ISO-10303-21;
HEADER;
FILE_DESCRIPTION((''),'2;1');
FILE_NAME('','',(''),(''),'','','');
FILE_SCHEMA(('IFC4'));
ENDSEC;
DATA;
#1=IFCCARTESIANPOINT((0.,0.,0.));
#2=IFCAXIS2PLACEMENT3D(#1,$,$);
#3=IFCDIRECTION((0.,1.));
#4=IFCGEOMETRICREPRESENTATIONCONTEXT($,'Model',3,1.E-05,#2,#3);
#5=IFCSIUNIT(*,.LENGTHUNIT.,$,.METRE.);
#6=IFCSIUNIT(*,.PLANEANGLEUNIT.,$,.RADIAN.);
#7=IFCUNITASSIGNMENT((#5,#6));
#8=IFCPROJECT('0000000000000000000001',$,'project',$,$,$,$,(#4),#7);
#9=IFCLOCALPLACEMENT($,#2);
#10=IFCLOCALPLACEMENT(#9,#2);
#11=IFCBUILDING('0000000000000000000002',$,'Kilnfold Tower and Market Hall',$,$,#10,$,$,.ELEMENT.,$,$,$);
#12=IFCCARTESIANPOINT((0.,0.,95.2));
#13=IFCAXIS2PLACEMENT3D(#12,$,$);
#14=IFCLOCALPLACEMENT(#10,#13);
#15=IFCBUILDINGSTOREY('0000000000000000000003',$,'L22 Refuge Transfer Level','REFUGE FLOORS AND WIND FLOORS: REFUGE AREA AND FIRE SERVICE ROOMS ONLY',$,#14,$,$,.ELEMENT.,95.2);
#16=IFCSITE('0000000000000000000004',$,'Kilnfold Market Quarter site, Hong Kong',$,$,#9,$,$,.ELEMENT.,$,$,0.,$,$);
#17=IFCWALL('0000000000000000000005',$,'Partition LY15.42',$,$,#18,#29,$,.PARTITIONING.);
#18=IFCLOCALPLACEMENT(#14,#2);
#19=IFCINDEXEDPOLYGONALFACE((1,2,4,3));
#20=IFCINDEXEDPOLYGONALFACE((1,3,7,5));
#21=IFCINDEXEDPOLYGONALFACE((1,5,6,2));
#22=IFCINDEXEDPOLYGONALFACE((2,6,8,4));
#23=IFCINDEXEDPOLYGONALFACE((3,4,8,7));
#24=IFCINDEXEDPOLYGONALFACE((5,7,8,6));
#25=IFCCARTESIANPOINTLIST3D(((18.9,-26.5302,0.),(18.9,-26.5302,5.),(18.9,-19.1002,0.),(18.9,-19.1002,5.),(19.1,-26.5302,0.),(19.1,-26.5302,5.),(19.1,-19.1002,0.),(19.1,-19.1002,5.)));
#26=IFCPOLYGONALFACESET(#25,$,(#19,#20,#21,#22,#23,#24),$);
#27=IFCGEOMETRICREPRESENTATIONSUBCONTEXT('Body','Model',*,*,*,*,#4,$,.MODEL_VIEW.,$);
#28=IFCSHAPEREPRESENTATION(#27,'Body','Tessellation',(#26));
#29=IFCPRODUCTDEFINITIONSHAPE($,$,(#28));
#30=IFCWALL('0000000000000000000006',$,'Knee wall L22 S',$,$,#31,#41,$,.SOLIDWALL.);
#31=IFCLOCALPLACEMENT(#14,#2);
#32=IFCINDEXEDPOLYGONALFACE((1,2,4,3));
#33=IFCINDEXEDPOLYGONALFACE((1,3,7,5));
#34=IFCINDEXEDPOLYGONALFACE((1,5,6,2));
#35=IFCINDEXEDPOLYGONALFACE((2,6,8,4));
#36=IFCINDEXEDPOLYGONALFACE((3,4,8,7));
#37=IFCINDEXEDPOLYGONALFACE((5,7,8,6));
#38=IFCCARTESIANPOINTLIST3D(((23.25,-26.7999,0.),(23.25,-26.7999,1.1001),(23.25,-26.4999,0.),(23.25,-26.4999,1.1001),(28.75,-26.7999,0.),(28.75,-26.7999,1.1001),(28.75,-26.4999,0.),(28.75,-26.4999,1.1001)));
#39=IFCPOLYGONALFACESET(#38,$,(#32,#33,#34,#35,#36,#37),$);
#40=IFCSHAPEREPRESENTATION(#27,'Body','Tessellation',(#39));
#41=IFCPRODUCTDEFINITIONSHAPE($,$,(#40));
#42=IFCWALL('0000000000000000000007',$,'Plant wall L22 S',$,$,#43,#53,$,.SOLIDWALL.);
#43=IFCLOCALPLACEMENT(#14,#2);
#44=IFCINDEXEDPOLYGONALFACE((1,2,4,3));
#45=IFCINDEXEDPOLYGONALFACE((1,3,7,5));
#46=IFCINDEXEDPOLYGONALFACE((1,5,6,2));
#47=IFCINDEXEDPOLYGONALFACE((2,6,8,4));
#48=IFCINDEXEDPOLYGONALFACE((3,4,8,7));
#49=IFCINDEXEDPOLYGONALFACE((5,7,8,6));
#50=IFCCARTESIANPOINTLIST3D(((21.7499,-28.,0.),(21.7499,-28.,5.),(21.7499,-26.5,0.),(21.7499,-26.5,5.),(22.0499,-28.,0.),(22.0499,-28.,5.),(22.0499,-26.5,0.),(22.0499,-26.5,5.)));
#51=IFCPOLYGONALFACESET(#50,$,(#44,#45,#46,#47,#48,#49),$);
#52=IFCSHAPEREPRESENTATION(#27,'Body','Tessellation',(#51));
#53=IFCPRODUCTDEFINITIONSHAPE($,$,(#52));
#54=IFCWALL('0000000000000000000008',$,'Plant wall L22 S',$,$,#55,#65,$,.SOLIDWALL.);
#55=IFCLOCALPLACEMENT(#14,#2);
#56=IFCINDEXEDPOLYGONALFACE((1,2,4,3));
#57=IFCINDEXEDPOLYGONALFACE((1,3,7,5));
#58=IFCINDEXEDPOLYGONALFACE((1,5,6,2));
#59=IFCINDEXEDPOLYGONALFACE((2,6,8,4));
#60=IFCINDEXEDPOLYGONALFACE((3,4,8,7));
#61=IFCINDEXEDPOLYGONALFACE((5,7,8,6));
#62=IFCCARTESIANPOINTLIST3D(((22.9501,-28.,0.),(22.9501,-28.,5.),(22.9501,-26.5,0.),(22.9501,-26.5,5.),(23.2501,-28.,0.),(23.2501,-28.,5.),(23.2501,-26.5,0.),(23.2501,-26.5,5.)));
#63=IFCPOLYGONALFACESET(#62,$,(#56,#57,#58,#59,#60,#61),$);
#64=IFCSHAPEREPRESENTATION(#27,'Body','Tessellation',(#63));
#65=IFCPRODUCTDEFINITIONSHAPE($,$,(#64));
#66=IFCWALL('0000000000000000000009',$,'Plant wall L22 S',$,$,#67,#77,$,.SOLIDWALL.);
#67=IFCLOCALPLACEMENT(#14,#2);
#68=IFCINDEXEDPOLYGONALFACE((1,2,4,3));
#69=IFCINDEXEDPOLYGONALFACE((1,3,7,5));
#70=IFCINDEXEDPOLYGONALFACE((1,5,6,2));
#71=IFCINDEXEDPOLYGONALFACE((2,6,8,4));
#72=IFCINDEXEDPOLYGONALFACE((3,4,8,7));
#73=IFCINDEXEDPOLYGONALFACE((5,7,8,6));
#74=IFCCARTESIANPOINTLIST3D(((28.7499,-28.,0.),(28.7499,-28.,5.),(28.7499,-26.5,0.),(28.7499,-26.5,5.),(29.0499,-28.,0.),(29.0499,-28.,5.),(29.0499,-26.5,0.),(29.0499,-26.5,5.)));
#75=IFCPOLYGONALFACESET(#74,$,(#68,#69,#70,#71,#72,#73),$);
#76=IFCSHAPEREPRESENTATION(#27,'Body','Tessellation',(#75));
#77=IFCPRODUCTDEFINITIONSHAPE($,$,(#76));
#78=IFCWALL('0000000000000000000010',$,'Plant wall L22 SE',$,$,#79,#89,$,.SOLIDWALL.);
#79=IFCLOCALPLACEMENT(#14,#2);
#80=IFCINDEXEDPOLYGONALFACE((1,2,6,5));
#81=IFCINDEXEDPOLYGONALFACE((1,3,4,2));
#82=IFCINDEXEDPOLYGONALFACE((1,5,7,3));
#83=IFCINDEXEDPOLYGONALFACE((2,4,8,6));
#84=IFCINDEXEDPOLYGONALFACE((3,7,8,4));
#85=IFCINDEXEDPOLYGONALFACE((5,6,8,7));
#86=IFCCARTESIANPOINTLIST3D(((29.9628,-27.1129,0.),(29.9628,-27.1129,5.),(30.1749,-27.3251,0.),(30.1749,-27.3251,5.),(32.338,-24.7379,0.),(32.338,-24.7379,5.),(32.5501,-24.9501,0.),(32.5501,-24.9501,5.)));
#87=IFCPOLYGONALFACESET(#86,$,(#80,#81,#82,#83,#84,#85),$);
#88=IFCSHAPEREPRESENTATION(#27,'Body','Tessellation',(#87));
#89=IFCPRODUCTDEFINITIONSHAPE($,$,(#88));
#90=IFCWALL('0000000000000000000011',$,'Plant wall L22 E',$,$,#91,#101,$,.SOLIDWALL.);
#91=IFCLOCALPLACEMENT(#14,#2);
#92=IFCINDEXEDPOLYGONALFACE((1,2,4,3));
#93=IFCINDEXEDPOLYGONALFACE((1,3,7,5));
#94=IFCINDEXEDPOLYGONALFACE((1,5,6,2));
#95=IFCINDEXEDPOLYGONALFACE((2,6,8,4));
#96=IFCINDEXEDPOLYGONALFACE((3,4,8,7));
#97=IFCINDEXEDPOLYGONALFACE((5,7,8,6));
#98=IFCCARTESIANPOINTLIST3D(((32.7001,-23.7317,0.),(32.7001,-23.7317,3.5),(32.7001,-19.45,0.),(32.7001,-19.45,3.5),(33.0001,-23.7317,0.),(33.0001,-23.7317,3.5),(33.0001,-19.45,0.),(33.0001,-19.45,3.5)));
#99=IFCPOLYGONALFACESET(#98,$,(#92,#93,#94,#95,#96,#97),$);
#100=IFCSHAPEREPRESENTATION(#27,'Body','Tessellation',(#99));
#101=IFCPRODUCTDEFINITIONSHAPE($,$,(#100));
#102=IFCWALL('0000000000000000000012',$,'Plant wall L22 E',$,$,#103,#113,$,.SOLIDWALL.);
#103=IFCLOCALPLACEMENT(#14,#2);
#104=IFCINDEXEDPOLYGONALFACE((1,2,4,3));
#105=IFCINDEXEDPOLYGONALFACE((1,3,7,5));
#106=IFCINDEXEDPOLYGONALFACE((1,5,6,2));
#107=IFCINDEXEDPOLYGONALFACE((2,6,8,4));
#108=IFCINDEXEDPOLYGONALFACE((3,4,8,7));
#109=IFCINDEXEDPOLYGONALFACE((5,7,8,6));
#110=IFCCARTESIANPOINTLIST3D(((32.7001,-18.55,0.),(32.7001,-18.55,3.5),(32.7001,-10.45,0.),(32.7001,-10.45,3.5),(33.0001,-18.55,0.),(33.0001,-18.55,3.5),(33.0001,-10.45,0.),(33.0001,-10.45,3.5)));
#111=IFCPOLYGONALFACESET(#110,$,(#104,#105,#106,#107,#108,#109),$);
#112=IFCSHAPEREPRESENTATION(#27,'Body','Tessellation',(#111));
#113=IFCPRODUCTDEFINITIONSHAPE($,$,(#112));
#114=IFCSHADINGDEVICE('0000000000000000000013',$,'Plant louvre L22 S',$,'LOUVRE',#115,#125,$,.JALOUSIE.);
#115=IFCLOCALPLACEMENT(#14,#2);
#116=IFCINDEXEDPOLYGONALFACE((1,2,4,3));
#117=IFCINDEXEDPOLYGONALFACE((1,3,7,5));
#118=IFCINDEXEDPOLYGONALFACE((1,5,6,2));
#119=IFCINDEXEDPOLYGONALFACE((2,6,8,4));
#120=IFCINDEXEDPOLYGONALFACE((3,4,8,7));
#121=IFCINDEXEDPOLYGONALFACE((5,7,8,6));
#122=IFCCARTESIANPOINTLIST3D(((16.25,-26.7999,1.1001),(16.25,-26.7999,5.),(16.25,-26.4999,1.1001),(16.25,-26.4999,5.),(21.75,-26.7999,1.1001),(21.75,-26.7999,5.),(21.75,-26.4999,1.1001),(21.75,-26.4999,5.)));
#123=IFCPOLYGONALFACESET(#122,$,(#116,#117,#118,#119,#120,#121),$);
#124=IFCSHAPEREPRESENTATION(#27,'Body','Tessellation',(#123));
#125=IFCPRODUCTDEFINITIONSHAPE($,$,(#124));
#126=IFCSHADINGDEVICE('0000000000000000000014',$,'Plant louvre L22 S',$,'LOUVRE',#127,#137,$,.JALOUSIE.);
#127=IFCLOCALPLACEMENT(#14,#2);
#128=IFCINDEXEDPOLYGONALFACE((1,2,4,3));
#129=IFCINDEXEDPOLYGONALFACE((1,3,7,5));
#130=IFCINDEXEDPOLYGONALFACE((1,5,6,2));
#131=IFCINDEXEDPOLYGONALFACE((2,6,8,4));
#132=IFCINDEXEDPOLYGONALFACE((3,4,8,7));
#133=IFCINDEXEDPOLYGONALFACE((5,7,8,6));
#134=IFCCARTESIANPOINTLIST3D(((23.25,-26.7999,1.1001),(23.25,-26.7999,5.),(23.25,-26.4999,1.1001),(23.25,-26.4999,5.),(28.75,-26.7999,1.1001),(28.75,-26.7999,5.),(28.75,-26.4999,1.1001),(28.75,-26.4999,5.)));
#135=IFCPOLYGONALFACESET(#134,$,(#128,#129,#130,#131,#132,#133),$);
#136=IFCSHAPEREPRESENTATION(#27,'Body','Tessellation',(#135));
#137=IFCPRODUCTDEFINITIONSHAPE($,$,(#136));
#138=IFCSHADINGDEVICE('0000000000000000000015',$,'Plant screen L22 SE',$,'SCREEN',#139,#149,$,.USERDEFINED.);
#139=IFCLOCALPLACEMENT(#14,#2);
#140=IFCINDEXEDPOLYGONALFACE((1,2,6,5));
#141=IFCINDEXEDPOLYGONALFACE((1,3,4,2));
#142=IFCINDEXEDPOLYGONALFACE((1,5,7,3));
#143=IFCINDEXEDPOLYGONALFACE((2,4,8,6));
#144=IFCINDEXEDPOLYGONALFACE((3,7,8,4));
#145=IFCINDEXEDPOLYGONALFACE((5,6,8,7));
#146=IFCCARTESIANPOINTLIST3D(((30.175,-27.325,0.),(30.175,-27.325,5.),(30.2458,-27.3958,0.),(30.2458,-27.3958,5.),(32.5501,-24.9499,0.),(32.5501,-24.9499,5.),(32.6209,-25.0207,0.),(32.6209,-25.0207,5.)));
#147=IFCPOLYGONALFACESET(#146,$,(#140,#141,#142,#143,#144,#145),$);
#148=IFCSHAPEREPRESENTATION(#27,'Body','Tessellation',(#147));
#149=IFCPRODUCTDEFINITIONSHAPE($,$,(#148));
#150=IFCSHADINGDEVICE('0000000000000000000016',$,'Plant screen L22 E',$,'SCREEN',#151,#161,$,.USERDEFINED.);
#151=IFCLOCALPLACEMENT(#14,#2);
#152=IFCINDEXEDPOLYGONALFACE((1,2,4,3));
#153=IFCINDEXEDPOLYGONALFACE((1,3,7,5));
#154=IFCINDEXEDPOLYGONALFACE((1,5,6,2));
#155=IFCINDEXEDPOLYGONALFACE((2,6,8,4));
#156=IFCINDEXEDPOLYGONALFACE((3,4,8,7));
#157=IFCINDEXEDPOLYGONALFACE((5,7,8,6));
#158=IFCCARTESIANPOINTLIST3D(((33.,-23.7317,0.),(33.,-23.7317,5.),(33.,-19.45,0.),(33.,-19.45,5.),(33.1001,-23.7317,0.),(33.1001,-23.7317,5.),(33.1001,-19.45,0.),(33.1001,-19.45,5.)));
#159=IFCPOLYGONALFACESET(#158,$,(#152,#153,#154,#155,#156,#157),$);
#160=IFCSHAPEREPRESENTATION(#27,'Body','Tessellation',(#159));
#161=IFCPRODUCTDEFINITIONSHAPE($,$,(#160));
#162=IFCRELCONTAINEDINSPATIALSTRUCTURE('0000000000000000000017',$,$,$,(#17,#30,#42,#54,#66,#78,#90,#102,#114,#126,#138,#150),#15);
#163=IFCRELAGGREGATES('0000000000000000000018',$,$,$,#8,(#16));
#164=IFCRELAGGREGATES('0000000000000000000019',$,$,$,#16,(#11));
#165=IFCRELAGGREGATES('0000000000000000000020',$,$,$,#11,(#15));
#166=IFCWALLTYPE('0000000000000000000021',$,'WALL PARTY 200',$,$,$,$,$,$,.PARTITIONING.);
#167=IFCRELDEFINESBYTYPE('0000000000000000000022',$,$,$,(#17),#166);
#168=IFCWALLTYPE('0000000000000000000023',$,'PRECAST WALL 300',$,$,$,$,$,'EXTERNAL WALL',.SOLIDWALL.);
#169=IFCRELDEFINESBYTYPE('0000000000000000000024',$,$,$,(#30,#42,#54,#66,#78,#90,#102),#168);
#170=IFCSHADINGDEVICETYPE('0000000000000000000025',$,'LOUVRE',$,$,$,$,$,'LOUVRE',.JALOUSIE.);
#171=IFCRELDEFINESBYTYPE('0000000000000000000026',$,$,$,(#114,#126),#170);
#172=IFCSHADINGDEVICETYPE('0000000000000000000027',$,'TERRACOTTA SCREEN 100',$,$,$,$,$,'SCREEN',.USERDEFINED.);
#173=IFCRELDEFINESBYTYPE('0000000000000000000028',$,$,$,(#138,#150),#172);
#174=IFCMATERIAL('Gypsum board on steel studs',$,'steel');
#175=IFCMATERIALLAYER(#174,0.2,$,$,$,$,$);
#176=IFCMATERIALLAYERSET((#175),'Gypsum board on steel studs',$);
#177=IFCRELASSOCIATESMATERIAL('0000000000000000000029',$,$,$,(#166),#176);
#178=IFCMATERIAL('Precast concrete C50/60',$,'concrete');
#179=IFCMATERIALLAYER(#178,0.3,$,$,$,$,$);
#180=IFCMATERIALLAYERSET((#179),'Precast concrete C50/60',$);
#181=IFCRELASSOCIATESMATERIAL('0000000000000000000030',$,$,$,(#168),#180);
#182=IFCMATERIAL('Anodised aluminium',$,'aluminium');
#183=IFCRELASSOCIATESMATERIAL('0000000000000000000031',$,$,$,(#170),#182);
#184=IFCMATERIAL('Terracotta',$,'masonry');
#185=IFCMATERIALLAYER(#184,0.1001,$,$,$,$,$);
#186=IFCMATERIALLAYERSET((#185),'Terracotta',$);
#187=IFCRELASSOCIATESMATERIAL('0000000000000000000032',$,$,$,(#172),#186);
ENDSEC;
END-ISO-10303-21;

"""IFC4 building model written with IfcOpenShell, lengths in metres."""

from ifc_helpers import new_model, si_unit, direction, frame, frame_2d, origin, origin_2d, place, context, subcontext, project, spatial, rectangle, extrude, source, transform, mapped, material, layer, layer_set, type_object, element, save


model = new_model("IFC4")

# Units and contexts
model_context = context("Model", 3, precision=1e-05, world=origin(), true_north=direction((0.0, 1.0)))
body_context = subcontext(model_context, "Body", "Model", "MODEL_VIEW")
ifc_project = project(units=[si_unit("LENGTHUNIT", "METRE"), si_unit("PLANEANGLEUNIT", "RADIAN")], contexts=[model_context])

# Site, building, storey
site_placement = place(None, origin())
site = spatial("IfcSite", under=ifc_project, at=site_placement, Name="Kilnfold Market Quarter site, Hong Kong", CompositionType="ELEMENT", RefElevation=0.0)
building_placement = place(site_placement, origin())
building = spatial("IfcBuilding", under=site, at=building_placement, Name="Kilnfold Tower and Market Hall", CompositionType="ELEMENT")
storey_placement = place(building_placement, frame((0.0, 0.0, 95.2)))
storey = spatial("IfcBuildingStorey", under=building, at=storey_placement, Name="L22 Refuge Transfer Level", Description="REFUGE FLOORS AND WIND FLOORS: REFUGE AREA AND FIRE SERVICE ROOMS ONLY", CompositionType="ELEMENT", Elevation=95.2)

# Walls
ifc_material_1 = material(Name="Gypsum board on steel studs", Category="steel")
ifc_layer_1 = layer(ifc_material_1, 0.2)
ifc_layer_set_1 = layer_set([ifc_layer_1], Name="Gypsum board on steel studs")
wall_type_1 = type_object("IfcWallType", Name="WALL PARTY 200", PredefinedType="PARTITIONING", material=ifc_layer_set_1)
wall_1_placement = place(storey_placement, frame((19.0, -26.53, 0.0), z_axis=(0.0, 0.0, 1.0), x_axis=(0.0, 1.0, 0.0)))
element("IfcWall", 1, at=wall_1_placement, inside=storey, type_object=wall_type_1, Name="Partition LY15.42", PredefinedType="PARTITIONING", context=body_context, shape_type="SweptSolid", body=[
    extrude(rectangle(XDim=7.4299, YDim=0.2, at=frame_2d((3.7148, 0.0))), origin(), (0.0, 0.0, 1.0), 5.0),
])
ifc_material_2 = material(Name="Precast concrete C50/60", Category="concrete")
ifc_layer_2 = layer(ifc_material_2, 0.3)
ifc_layer_set_2 = layer_set([ifc_layer_2], Name="Precast concrete C50/60")
wall_type_2 = type_object("IfcWallType", Name="PRECAST WALL 300", ElementType="EXTERNAL WALL", PredefinedType="SOLIDWALL", material=ifc_layer_set_2)
shared_shape_1 = source(origin(), body_context, "Body", "SweptSolid", [
    extrude(rectangle(XDim=5.5, YDim=0.3, at=frame_2d((2.75, 0.0))), origin(), (0.0, 0.0, 1.0), 1.1001),
])
wall_2_placement = place(storey_placement, frame((23.25, -26.6499, 0.0), z_axis=(0.0, 0.0, 1.0), x_axis=(1.0, 0.0, 0.0)))
element("IfcWall", 2, at=wall_2_placement, inside=storey, type_object=wall_type_2, Name="Knee wall L22 S", PredefinedType="SOLIDWALL", context=body_context, shape_type="MappedRepresentation", body=[
    mapped(shared_shape_1, transform((0.0, 0.0, 0.0))),
])
shared_shape_2 = source(origin(), body_context, "Body", "SweptSolid", [
    extrude(rectangle(XDim=1.5, YDim=0.3, at=frame_2d((0.75, 0.0))), origin(), (0.0, 0.0, 1.0), 5.0),
])
for number, where, z_axis, x_axis, name in (
    (3, (21.8999, -28.0, 0.0), (0.0, 0.0, 1.0), (0.0, 1.0, 0.0), "Plant wall L22 S"),
    (4, (23.1001, -28.0, 0.0), (0.0, 0.0, 1.0), (0.0, 1.0, 0.0), "Plant wall L22 S"),
    (5, (28.8999, -28.0, 0.0), (0.0, 0.0, 1.0), (0.0, 1.0, 0.0), "Plant wall L22 S"),
):
    element("IfcWall", number, at=place(storey_placement, frame(where, z_axis=z_axis, x_axis=x_axis)), inside=storey, type_object=wall_type_2, Name=name, PredefinedType="SOLIDWALL", context=body_context, shape_type="MappedRepresentation", body=[
        mapped(shared_shape_2, transform((0.0, 0.0, 0.0))),
    ])
shared_shape_3 = source(origin(), body_context, "Body", "SweptSolid", [
    extrude(rectangle(XDim=3.3589, YDim=0.3, at=frame_2d((1.6794, 0.0))), origin(), (0.0, 0.0, 1.0), 5.0),
])
wall_3_placement = place(storey_placement, frame((30.0688, -27.219, 0.0), z_axis=(0.0, 0.0, 1.0), x_axis=(0.707143, 0.70707, 0.0)))
element("IfcWall", 6, at=wall_3_placement, inside=storey, type_object=wall_type_2, Name="Plant wall L22 SE", PredefinedType="SOLIDWALL", context=body_context, shape_type="MappedRepresentation", body=[
    mapped(shared_shape_3, transform((0.0, 0.0, 0.0))),
])
shared_shape_4 = source(origin(), body_context, "Body", "SweptSolid", [
    extrude(rectangle(XDim=4.2817, YDim=0.3, at=frame_2d((2.1409, 0.0))), origin(), (0.0, 0.0, 1.0), 3.5),
])
wall_4_placement = place(storey_placement, frame((32.8501, -23.7317, 0.0), z_axis=(0.0, 0.0, 1.0), x_axis=(0.0, 1.0, 0.0)))
element("IfcWall", 7, at=wall_4_placement, inside=storey, type_object=wall_type_2, Name="Plant wall L22 E", PredefinedType="SOLIDWALL", context=body_context, shape_type="MappedRepresentation", body=[
    mapped(shared_shape_4, transform((0.0, 0.0, 0.0))),
])
shared_shape_5 = source(origin(), body_context, "Body", "SweptSolid", [
    extrude(rectangle(XDim=8.1001, YDim=0.3, at=frame_2d((4.05, 0.0))), origin(), (0.0, 0.0, 1.0), 3.5),
])
wall_5_placement = place(storey_placement, frame((32.8501, -18.55, 0.0), z_axis=(0.0, 0.0, 1.0), x_axis=(0.0, 1.0, 0.0)))
element("IfcWall", 8, at=wall_5_placement, inside=storey, type_object=wall_type_2, Name="Plant wall L22 E", PredefinedType="SOLIDWALL", context=body_context, shape_type="MappedRepresentation", body=[
    mapped(shared_shape_5, transform((0.0, 0.0, 0.0))),
])

# Shading devices
ifc_material_3 = material(Name="Anodised aluminium", Category="aluminium")
shading_device_type_1 = type_object("IfcShadingDeviceType", Name="LOUVRE", ElementType="LOUVRE", PredefinedType="JALOUSIE", material=ifc_material_3)
shared_shape_6 = source(origin(), body_context, "Body", "SweptSolid", [
    extrude(rectangle(XDim=5.5, YDim=0.3, at=origin_2d()), origin(), (0.0, 0.0, 1.0), 3.8999),
])
for number, where, z_axis, x_axis, name in (
    (9, (19.0, -26.6499, 1.1001), (0.0, 0.0, 1.0), (1.0, 0.0, 0.0), "Plant louvre L22 S"),
    (10, (26.0, -26.6499, 1.1001), (0.0, 0.0, 1.0), (1.0, 0.0, 0.0), "Plant louvre L22 S"),
):
    element("IfcShadingDevice", number, at=place(storey_placement, frame(where, z_axis=z_axis, x_axis=x_axis)), inside=storey, type_object=shading_device_type_1, Name=name, ObjectType="LOUVRE", PredefinedType="JALOUSIE", context=body_context, shape_type="MappedRepresentation", body=[
        mapped(shared_shape_6, transform((0.0, 0.0, 0.0))),
    ])
ifc_material_4 = material(Name="Terracotta", Category="masonry")
ifc_layer_3 = layer(ifc_material_4, 0.1001)
ifc_layer_set_3 = layer_set([ifc_layer_3], Name="Terracotta")
shading_device_type_2 = type_object("IfcShadingDeviceType", Name="TERRACOTTA SCREEN 100", ElementType="SCREEN", PredefinedType="USERDEFINED", material=ifc_layer_set_3)
shared_shape_7 = source(origin(), body_context, "Body", "SweptSolid", [
    extrude(rectangle(XDim=3.3589, YDim=0.1001, at=origin_2d()), origin(), (0.0, 0.0, 1.0), 5.0),
])
shading_device_1_placement = place(storey_placement, frame((31.3979, -26.1729, 0.0), z_axis=(0.0, 0.0, 1.0), x_axis=(0.707107, 0.707107, 0.0)))
element("IfcShadingDevice", 11, at=shading_device_1_placement, inside=storey, type_object=shading_device_type_2, Name="Plant screen L22 SE", ObjectType="SCREEN", PredefinedType="USERDEFINED", context=body_context, shape_type="MappedRepresentation", body=[
    mapped(shared_shape_7, transform((0.0, 0.0, 0.0))),
])
shared_shape_8 = source(origin(), body_context, "Body", "SweptSolid", [
    extrude(rectangle(XDim=4.2817, YDim=0.1001, at=origin_2d()), origin(), (0.0, 0.0, 1.0), 5.0),
])
shading_device_2_placement = place(storey_placement, frame((33.05, -21.5908, 0.0), z_axis=(0.0, 0.0, 1.0), x_axis=(0.0, 1.0, 0.0)))
element("IfcShadingDevice", 12, at=shading_device_2_placement, inside=storey, type_object=shading_device_type_2, Name="Plant screen L22 E", ObjectType="SCREEN", PredefinedType="USERDEFINED", context=body_context, shape_type="MappedRepresentation", body=[
    mapped(shared_shape_8, transform((0.0, 0.0, 0.0))),
])

save(model, "model.ifc")
